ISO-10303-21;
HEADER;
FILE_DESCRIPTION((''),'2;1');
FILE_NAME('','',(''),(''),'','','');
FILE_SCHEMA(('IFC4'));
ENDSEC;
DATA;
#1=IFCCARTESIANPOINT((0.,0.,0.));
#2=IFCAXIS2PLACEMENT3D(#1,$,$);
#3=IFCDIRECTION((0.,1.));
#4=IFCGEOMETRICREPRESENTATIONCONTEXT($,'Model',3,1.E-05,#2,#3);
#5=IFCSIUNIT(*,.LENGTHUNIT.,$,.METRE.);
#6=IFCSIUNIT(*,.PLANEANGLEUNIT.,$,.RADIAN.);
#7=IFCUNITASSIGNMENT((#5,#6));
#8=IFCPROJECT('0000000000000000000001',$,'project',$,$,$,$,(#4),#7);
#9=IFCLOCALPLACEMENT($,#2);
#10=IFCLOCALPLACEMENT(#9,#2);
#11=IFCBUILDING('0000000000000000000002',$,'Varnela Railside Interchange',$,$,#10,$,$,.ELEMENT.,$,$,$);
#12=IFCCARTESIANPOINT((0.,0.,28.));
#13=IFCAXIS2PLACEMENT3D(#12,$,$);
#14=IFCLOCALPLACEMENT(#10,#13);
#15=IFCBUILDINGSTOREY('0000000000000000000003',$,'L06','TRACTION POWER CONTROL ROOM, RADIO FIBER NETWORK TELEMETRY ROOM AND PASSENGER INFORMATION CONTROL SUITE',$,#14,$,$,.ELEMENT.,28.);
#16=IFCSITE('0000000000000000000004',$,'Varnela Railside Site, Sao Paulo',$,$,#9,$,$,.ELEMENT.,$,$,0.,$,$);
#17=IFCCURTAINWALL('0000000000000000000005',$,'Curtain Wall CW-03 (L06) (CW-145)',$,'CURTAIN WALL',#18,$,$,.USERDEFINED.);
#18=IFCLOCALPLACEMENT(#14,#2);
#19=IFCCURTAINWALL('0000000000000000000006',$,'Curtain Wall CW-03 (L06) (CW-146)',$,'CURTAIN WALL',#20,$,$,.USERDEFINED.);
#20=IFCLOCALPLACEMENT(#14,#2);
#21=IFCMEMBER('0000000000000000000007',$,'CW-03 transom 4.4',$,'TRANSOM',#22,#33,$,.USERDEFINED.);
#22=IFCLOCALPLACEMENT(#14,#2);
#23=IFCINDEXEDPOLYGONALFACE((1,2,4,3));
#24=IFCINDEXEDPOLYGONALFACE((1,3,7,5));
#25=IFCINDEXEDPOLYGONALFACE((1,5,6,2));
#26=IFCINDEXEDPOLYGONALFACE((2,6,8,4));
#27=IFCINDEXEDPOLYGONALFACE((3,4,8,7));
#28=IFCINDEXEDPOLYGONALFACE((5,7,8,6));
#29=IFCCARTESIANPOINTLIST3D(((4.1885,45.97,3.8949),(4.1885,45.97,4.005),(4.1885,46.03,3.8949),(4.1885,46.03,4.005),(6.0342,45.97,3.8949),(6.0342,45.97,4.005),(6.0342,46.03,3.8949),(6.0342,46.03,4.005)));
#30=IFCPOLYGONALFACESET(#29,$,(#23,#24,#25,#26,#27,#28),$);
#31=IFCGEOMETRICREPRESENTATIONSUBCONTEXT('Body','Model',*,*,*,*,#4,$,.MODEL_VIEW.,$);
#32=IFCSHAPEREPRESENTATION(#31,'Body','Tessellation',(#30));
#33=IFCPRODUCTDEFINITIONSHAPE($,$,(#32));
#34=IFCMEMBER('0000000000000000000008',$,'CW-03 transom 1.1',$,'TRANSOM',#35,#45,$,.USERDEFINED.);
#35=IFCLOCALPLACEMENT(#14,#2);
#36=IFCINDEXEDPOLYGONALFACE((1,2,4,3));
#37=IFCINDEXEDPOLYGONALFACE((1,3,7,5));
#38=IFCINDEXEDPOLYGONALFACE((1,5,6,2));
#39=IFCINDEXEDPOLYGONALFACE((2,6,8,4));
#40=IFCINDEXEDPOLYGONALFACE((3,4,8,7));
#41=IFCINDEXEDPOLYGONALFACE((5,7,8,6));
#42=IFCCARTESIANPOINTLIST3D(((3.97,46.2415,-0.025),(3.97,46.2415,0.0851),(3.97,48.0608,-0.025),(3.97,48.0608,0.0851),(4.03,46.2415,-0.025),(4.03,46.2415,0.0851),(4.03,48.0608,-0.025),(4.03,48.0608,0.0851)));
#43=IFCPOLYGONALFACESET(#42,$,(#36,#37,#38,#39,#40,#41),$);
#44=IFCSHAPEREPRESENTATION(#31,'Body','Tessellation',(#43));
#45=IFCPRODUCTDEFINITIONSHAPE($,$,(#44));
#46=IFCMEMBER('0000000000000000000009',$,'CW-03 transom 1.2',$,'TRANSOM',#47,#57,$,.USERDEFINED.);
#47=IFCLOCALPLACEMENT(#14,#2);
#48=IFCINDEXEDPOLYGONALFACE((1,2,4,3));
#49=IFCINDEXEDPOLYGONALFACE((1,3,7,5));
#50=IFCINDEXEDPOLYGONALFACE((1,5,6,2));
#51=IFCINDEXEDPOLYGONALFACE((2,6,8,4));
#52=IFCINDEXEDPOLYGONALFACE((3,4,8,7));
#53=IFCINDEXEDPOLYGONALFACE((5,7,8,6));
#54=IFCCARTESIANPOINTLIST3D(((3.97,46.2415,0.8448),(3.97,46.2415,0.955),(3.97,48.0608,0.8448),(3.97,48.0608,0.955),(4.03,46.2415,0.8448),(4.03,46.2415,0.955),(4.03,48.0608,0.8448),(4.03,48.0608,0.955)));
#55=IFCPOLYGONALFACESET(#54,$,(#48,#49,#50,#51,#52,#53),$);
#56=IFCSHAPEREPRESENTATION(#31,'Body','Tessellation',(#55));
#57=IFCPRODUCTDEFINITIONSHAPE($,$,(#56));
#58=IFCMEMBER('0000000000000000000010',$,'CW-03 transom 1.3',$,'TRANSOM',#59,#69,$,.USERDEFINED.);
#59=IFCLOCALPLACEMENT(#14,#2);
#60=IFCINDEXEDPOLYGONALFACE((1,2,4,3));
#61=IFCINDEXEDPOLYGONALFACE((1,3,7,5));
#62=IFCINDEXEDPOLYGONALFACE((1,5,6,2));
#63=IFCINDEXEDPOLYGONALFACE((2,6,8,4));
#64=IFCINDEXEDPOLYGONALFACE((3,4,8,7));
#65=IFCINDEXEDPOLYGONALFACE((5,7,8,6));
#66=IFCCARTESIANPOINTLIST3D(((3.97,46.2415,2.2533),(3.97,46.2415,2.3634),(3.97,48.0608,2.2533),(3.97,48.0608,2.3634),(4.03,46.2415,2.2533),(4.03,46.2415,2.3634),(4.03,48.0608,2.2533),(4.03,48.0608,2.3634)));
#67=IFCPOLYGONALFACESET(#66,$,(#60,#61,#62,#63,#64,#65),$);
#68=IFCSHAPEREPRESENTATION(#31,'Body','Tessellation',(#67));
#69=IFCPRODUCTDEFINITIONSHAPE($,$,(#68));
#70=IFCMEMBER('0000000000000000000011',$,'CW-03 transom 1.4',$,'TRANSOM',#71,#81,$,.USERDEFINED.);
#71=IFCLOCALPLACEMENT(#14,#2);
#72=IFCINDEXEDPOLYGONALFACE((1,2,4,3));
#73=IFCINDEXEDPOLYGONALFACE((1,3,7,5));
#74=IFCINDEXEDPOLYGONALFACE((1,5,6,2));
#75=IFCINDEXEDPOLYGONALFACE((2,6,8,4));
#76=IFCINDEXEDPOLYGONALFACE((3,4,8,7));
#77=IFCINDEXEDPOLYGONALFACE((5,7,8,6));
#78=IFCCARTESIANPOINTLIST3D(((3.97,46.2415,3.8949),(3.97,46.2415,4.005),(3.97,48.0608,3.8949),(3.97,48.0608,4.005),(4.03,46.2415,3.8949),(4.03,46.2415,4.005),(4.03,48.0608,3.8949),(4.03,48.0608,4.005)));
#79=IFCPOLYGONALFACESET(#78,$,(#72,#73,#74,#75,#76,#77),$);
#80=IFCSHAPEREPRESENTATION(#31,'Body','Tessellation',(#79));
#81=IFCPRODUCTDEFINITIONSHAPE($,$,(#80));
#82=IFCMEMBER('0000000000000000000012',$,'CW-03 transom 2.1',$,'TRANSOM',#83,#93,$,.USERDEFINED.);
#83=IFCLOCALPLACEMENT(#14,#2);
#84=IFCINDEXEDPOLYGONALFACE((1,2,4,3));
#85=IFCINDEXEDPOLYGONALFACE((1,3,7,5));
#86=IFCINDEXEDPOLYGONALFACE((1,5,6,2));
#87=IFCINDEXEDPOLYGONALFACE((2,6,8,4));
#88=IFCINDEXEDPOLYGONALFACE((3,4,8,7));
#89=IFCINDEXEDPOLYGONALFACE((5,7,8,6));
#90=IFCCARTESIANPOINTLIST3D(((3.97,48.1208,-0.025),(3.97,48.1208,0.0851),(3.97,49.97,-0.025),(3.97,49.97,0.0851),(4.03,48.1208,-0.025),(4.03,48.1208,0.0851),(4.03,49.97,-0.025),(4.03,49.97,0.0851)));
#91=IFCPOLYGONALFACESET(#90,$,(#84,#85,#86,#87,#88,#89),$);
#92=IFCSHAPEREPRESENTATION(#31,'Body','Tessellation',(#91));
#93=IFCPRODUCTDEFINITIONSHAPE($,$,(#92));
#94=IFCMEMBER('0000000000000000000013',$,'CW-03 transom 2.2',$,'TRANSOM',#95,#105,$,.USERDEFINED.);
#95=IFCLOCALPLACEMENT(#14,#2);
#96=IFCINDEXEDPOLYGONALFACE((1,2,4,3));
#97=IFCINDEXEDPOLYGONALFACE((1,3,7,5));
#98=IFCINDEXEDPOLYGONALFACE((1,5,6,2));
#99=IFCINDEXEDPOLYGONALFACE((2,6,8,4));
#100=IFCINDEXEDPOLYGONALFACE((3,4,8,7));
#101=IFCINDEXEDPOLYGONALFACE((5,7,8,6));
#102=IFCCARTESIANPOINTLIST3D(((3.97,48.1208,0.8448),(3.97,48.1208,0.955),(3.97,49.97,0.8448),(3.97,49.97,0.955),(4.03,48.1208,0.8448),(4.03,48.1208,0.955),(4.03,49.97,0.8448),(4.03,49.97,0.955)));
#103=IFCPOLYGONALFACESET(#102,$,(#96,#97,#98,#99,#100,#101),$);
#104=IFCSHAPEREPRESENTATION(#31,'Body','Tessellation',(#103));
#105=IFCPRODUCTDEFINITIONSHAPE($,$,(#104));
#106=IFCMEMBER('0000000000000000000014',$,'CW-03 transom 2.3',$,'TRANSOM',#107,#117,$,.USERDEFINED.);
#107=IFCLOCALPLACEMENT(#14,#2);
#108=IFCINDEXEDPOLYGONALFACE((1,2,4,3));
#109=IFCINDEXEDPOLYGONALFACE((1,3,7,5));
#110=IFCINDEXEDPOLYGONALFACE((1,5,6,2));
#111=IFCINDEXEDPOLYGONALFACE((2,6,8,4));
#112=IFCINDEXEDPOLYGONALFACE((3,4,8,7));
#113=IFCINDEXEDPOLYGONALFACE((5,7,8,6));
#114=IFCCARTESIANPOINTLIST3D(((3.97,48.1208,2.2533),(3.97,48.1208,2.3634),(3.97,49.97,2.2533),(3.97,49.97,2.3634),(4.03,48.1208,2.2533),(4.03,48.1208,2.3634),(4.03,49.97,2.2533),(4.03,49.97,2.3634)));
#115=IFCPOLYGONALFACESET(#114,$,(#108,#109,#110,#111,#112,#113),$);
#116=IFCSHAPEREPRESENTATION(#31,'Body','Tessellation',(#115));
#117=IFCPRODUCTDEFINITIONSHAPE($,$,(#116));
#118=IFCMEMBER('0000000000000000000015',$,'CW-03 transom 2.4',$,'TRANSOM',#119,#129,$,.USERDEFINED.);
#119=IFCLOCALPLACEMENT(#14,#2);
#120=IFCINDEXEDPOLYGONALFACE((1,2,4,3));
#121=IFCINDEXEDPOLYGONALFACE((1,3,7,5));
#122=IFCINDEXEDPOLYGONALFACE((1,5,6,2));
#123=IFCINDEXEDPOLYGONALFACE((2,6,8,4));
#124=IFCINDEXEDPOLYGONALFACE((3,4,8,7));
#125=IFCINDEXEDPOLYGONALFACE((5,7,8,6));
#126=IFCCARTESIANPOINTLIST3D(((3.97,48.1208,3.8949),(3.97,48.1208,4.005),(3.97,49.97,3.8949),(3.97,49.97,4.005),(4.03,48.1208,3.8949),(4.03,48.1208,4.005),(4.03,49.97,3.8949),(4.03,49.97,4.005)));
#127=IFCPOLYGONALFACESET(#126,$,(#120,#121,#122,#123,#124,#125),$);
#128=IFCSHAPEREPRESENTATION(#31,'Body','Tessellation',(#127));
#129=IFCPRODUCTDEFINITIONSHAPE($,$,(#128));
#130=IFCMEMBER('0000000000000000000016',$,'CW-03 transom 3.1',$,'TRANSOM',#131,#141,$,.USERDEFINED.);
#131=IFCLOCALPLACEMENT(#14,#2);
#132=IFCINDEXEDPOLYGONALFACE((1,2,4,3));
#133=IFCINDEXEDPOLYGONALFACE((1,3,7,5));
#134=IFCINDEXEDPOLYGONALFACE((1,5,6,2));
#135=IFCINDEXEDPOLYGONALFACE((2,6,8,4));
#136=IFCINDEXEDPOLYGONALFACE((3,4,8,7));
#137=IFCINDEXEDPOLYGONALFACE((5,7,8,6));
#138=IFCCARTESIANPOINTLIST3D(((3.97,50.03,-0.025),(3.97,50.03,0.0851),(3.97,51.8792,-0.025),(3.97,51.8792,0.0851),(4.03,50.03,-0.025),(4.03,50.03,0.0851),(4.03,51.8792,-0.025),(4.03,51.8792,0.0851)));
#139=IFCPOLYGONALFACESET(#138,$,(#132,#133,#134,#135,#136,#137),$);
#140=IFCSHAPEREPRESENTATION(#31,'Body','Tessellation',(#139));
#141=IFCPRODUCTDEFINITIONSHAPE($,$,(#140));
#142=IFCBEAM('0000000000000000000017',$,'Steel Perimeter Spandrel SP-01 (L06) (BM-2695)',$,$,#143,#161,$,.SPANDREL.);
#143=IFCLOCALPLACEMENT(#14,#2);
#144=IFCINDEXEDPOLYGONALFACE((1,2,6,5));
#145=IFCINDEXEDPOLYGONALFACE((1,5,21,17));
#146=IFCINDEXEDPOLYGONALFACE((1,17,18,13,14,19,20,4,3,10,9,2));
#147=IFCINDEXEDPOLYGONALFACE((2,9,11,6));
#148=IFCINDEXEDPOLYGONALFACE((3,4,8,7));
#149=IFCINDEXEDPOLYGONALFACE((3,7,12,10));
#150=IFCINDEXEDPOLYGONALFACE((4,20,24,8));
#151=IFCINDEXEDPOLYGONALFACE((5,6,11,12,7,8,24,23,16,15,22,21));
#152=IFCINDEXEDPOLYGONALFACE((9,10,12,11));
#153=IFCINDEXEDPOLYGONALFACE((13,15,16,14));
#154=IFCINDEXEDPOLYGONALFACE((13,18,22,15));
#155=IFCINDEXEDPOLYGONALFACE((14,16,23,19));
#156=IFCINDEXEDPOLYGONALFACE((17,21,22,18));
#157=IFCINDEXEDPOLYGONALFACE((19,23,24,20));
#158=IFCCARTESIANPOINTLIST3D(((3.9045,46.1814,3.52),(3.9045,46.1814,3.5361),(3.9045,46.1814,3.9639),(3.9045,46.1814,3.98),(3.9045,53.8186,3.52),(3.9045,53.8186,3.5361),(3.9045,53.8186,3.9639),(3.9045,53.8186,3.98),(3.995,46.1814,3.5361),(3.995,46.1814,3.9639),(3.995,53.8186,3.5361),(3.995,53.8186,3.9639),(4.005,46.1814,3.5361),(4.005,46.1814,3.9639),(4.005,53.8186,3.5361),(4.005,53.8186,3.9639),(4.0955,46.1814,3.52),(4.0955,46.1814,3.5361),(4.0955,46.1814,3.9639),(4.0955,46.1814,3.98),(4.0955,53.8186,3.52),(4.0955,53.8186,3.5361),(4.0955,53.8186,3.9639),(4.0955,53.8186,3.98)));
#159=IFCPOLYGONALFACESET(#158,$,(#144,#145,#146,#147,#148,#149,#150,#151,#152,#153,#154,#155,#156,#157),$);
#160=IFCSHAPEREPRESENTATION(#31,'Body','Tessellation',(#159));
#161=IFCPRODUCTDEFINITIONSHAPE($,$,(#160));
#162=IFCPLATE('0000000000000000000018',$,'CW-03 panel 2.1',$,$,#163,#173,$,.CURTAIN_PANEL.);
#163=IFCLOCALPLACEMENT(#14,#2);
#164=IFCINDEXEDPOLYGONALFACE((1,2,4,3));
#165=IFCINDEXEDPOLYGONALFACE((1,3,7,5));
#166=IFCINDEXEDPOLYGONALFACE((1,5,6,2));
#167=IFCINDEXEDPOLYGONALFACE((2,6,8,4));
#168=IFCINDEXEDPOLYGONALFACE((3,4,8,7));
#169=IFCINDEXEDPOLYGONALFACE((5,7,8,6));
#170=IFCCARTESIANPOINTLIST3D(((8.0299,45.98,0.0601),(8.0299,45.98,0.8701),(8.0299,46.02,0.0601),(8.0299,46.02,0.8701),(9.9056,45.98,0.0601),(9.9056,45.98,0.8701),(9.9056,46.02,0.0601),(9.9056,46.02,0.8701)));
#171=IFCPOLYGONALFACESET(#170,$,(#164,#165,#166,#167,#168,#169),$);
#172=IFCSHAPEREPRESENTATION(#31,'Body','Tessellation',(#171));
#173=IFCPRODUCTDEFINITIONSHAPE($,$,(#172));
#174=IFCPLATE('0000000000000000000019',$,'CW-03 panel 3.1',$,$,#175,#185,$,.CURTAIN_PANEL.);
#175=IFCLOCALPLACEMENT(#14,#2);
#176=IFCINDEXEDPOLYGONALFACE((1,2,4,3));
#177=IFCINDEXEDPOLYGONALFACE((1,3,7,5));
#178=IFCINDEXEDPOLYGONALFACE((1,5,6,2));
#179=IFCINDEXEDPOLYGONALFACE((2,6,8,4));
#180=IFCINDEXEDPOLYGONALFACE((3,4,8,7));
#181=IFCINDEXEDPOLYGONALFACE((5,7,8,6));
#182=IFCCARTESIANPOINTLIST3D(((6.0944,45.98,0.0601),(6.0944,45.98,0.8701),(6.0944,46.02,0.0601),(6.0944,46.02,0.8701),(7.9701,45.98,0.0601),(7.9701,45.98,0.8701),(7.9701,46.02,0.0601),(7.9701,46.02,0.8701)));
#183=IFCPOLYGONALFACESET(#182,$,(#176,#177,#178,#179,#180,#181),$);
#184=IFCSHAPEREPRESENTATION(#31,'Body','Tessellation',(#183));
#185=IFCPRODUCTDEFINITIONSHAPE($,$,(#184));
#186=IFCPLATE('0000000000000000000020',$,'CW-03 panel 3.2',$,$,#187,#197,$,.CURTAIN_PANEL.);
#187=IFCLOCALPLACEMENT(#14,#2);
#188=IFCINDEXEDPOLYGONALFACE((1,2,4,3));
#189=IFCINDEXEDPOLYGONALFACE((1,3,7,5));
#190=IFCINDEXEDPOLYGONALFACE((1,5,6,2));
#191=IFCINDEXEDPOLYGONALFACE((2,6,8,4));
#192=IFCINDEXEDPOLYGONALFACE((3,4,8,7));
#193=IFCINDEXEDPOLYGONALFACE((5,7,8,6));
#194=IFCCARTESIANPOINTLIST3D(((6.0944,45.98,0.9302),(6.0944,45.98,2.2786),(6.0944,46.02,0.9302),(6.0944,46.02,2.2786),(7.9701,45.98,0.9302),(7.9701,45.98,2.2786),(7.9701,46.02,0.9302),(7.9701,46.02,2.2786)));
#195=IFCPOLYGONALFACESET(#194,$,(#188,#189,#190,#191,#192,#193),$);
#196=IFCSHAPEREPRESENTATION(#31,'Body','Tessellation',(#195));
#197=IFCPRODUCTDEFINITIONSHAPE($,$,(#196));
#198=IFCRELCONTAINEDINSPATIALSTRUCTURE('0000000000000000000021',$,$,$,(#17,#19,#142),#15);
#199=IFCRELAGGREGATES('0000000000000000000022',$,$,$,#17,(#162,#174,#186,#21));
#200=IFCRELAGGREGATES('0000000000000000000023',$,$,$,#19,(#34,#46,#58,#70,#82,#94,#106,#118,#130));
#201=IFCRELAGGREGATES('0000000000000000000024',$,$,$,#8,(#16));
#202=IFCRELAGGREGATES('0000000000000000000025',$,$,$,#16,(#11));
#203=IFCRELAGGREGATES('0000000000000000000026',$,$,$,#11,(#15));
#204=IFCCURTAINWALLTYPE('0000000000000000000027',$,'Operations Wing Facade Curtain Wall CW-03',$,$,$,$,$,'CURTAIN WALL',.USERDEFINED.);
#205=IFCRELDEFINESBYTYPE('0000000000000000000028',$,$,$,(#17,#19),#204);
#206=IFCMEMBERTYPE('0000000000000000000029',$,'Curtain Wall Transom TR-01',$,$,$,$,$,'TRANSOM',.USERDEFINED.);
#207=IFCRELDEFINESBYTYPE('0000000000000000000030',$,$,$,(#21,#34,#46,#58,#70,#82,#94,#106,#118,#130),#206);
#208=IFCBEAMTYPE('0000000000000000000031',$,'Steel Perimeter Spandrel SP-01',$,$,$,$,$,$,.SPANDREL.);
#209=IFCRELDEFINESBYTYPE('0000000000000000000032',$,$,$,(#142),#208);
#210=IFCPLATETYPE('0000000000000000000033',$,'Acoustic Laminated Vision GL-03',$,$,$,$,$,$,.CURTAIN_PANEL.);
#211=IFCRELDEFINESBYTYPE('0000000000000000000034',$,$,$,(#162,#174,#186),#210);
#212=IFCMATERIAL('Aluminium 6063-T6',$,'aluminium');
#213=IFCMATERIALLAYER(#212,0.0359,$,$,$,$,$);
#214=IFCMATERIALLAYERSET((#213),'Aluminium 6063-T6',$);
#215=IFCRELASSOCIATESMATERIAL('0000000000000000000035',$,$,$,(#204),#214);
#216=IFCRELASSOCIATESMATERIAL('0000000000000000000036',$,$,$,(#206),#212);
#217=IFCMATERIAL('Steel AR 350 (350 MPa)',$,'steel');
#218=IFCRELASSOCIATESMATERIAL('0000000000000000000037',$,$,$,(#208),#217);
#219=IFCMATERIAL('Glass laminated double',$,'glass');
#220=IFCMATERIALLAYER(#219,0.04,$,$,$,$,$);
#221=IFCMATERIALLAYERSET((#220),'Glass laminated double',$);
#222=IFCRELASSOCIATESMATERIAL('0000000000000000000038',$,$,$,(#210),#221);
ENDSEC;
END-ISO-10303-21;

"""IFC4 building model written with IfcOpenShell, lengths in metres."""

from ifc_helpers import new_model, si_unit, direction, frame, origin, origin_2d, place, context, subcontext, project, spatial, rectangle, i_section, extrude, material, layer, layer_set, material_profile, profile_set, type_object, element, aggregate, save


model = new_model("IFC4")

# Units and contexts
model_context = context("Model", 3, precision=1e-05, world=origin(), true_north=direction((0.0, 1.0)))
body_context = subcontext(model_context, "Body", "Model", "MODEL_VIEW")
ifc_project = project(units=[si_unit("LENGTHUNIT", "METRE"), si_unit("PLANEANGLEUNIT", "RADIAN")], contexts=[model_context])

# Site, building, storey
site_placement = place(None, origin())
site = spatial("IfcSite", under=ifc_project, at=site_placement, Name="Varnela Railside Site, Sao Paulo", CompositionType="ELEMENT", RefElevation=0.0)
building_placement = place(site_placement, origin())
building = spatial("IfcBuilding", under=site, at=building_placement, Name="Varnela Railside Interchange", CompositionType="ELEMENT")
storey_placement = place(building_placement, frame((0.0, 0.0, 28.0)))
storey = spatial("IfcBuildingStorey", under=building, at=storey_placement, Name="L06", Description="TRACTION POWER CONTROL ROOM, RADIO FIBER NETWORK TELEMETRY ROOM AND PASSENGER INFORMATION CONTROL SUITE", CompositionType="ELEMENT", Elevation=28.0)

# Shared definitions
ifc_material_1 = material(Name="Steel AR 350 (350 MPa)", Category="steel")

# Curtain walls
ifc_material_2 = material(Name="Aluminium 6063-T6", Category="aluminium")
ifc_layer_1 = layer(ifc_material_2, 0.0359)
ifc_layer_set_1 = layer_set([ifc_layer_1], Name="Aluminium 6063-T6")
curtain_wall_type = type_object("IfcCurtainWallType", Name="Operations Wing Facade Curtain Wall CW-03", ElementType="CURTAIN WALL", PredefinedType="USERDEFINED", material=ifc_layer_set_1)
curtain_wall_1_placement = place(storey_placement, origin())
curtain_wall_1 = element("IfcCurtainWall", 1, at=curtain_wall_1_placement, inside=storey, type_object=curtain_wall_type, Name="Curtain Wall CW-03 (L06) (CW-145)", ObjectType="CURTAIN WALL", PredefinedType="USERDEFINED")
curtain_wall_2_placement = place(storey_placement, origin())
curtain_wall_2 = element("IfcCurtainWall", 2, at=curtain_wall_2_placement, inside=storey, type_object=curtain_wall_type, Name="Curtain Wall CW-03 (L06) (CW-146)", ObjectType="CURTAIN WALL", PredefinedType="USERDEFINED")

# Members
ifc_material_profile_1 = material_profile(ifc_material_2, rectangle(XDim=0.0601, YDim=0.1101, at=origin_2d()), Name="ALU 60x110")
ifc_profile_set_1 = profile_set([ifc_material_profile_1], Name="Aluminium 6063-T6")
member_type_1 = type_object("IfcMemberType", Name="Curtain Wall Transom TR-01", ElementType="TRANSOM", PredefinedType="USERDEFINED", material=ifc_profile_set_1)
member_1_placement = place(storey_placement, frame((6.0342, 46.0, 3.95), z_axis=(-1.0, 0.0, 0.0), x_axis=(0.0, -1.0, 0.0)))
member_1 = element("IfcMember", 3, at=member_1_placement, type_object=member_type_1, Name="CW-03 transom 4.4", ObjectType="TRANSOM", PredefinedType="USERDEFINED", context=body_context, shape_type="SweptSolid", body=[
    extrude(rectangle(XDim=0.0601, YDim=0.1101, at=origin_2d()), origin(), (0.0, 0.0, 1.0), 1.8457),
])
member_2_placement = place(storey_placement, frame((4.0, 46.2415, 0.03), z_axis=(0.0, 1.0, 0.0), x_axis=(-1.0, 0.0, 0.0)))
member_2 = element("IfcMember", 4, at=member_2_placement, type_object=member_type_1, Name="CW-03 transom 1.1", ObjectType="TRANSOM", PredefinedType="USERDEFINED", context=body_context, shape_type="SweptSolid", body=[
    extrude(rectangle(XDim=0.0601, YDim=0.1101, at=origin_2d()), origin(), (0.0, 0.0, 1.0), 1.8193),
])
member_3_placement = place(storey_placement, frame((4.0, 46.2415, 0.8999), z_axis=(0.0, 1.0, 0.0), x_axis=(-1.0, 0.0, 0.0)))
member_3 = element("IfcMember", 5, at=member_3_placement, type_object=member_type_1, Name="CW-03 transom 1.2", ObjectType="TRANSOM", PredefinedType="USERDEFINED", context=body_context, shape_type="SweptSolid", body=[
    extrude(rectangle(XDim=0.0601, YDim=0.1101, at=origin_2d()), origin(), (0.0, 0.0, 1.0), 1.8193),
])
member_4_placement = place(storey_placement, frame((4.0, 46.2415, 2.3083), z_axis=(0.0, 1.0, 0.0), x_axis=(-1.0, 0.0, 0.0)))
member_4 = element("IfcMember", 6, at=member_4_placement, type_object=member_type_1, Name="CW-03 transom 1.3", ObjectType="TRANSOM", PredefinedType="USERDEFINED", context=body_context, shape_type="SweptSolid", body=[
    extrude(rectangle(XDim=0.0601, YDim=0.1101, at=origin_2d()), origin(), (0.0, 0.0, 1.0), 1.8193),
])
member_5_placement = place(storey_placement, frame((4.0, 46.2415, 3.95), z_axis=(0.0, 1.0, 0.0), x_axis=(-1.0, 0.0, 0.0)))
member_5 = element("IfcMember", 7, at=member_5_placement, type_object=member_type_1, Name="CW-03 transom 1.4", ObjectType="TRANSOM", PredefinedType="USERDEFINED", context=body_context, shape_type="SweptSolid", body=[
    extrude(rectangle(XDim=0.0601, YDim=0.1101, at=origin_2d()), origin(), (0.0, 0.0, 1.0), 1.8193),
])
member_6_placement = place(storey_placement, frame((4.0, 48.1208, 0.03), z_axis=(0.0, 1.0, 0.0), x_axis=(-1.0, 0.0, 0.0)))
member_6 = element("IfcMember", 8, at=member_6_placement, type_object=member_type_1, Name="CW-03 transom 2.1", ObjectType="TRANSOM", PredefinedType="USERDEFINED", context=body_context, shape_type="SweptSolid", body=[
    extrude(rectangle(XDim=0.0601, YDim=0.1101, at=origin_2d()), origin(), (0.0, 0.0, 1.0), 1.8491),
])
member_7_placement = place(storey_placement, frame((4.0, 48.1208, 0.8999), z_axis=(0.0, 1.0, 0.0), x_axis=(-1.0, 0.0, 0.0)))
member_7 = element("IfcMember", 9, at=member_7_placement, type_object=member_type_1, Name="CW-03 transom 2.2", ObjectType="TRANSOM", PredefinedType="USERDEFINED", context=body_context, shape_type="SweptSolid", body=[
    extrude(rectangle(XDim=0.0601, YDim=0.1101, at=origin_2d()), origin(), (0.0, 0.0, 1.0), 1.8491),
])
member_8_placement = place(storey_placement, frame((4.0, 48.1208, 2.3083), z_axis=(0.0, 1.0, 0.0), x_axis=(-1.0, 0.0, 0.0)))
member_8 = element("IfcMember", 10, at=member_8_placement, type_object=member_type_1, Name="CW-03 transom 2.3", ObjectType="TRANSOM", PredefinedType="USERDEFINED", context=body_context, shape_type="SweptSolid", body=[
    extrude(rectangle(XDim=0.0601, YDim=0.1101, at=origin_2d()), origin(), (0.0, 0.0, 1.0), 1.8491),
])
member_9_placement = place(storey_placement, frame((4.0, 48.1208, 3.95), z_axis=(0.0, 1.0, 0.0), x_axis=(-1.0, 0.0, 0.0)))
member_9 = element("IfcMember", 11, at=member_9_placement, type_object=member_type_1, Name="CW-03 transom 2.4", ObjectType="TRANSOM", PredefinedType="USERDEFINED", context=body_context, shape_type="SweptSolid", body=[
    extrude(rectangle(XDim=0.0601, YDim=0.1101, at=origin_2d()), origin(), (0.0, 0.0, 1.0), 1.8491),
])
member_10_placement = place(storey_placement, frame((4.0, 50.03, 0.03), z_axis=(0.0, 1.0, 0.0), x_axis=(-1.0, 0.0, 0.0)))
member_10 = element("IfcMember", 12, at=member_10_placement, type_object=member_type_1, Name="CW-03 transom 3.1", ObjectType="TRANSOM", PredefinedType="USERDEFINED", context=body_context, shape_type="SweptSolid", body=[
    extrude(rectangle(XDim=0.0601, YDim=0.1101, at=origin_2d()), origin(), (0.0, 0.0, 1.0), 1.8491),
])

# Beam
ifc_material_profile_2 = material_profile(ifc_material_1, i_section(OverallWidth=0.1909, OverallDepth=0.46, WebThickness=0.01, FlangeThickness=0.0161, at=origin_2d()), Name="W460x82")
ifc_profile_set_2 = profile_set([ifc_material_profile_2], Name="Steel AR 350 (350 MPa)")
beam_type_1 = type_object("IfcBeamType", Name="Steel Perimeter Spandrel SP-01", PredefinedType="SPANDREL", material=ifc_profile_set_2)
beam_1_placement = place(storey_placement, frame((4.0, 46.1814, 3.75), z_axis=(0.0, 1.0, 0.0), x_axis=(-1.0, 0.0, 0.0)))
element("IfcBeam", 13, at=beam_1_placement, inside=storey, type_object=beam_type_1, Name="Steel Perimeter Spandrel SP-01 (L06) (BM-2695)", PredefinedType="SPANDREL", context=body_context, shape_type="SweptSolid", body=[
    extrude(i_section(OverallWidth=0.1909, OverallDepth=0.46, WebThickness=0.01, FlangeThickness=0.0161, at=origin_2d()), origin(), (0.0, 0.0, 1.0), 7.6372),
])

# Plates
ifc_material_3 = material(Name="Glass laminated double", Category="glass")
ifc_layer_2 = layer(ifc_material_3, 0.04)
ifc_layer_set_2 = layer_set([ifc_layer_2], Name="Glass laminated double")
plate_type = type_object("IfcPlateType", Name="Acoustic Laminated Vision GL-03", PredefinedType="CURTAIN_PANEL", material=ifc_layer_set_2)
plate_1_placement = place(storey_placement, frame((8.9678, 46.0, 0.0601), z_axis=(0.0, 0.0, 1.0), x_axis=(-1.0, 0.0, 0.0)))
plate_1 = element("IfcPlate", 14, at=plate_1_placement, type_object=plate_type, Name="CW-03 panel 2.1", PredefinedType="CURTAIN_PANEL", context=body_context, shape_type="SweptSolid", body=[
    extrude(rectangle(XDim=1.8757, YDim=0.04, at=origin_2d()), origin(), (0.0, 0.0, 1.0), 0.8101),
])
plate_2_placement = place(storey_placement, frame((7.0322, 46.0, 0.0601), z_axis=(0.0, 0.0, 1.0), x_axis=(-1.0, 0.0, 0.0)))
plate_2 = element("IfcPlate", 15, at=plate_2_placement, type_object=plate_type, Name="CW-03 panel 3.1", PredefinedType="CURTAIN_PANEL", context=body_context, shape_type="SweptSolid", body=[
    extrude(rectangle(XDim=1.8757, YDim=0.04, at=origin_2d()), origin(), (0.0, 0.0, 1.0), 0.8101),
])
plate_3_placement = place(storey_placement, frame((7.0322, 46.0, 0.9302), z_axis=(0.0, 0.0, 1.0), x_axis=(-1.0, 0.0, 0.0)))
plate_3 = element("IfcPlate", 16, at=plate_3_placement, type_object=plate_type, Name="CW-03 panel 3.2", PredefinedType="CURTAIN_PANEL", context=body_context, shape_type="SweptSolid", body=[
    extrude(rectangle(XDim=1.8757, YDim=0.04, at=origin_2d()), origin(), (0.0, 0.0, 1.0), 1.3484),
])
aggregate(curtain_wall_1, [plate_1, plate_2, plate_3, member_1])
aggregate(curtain_wall_2, [member_2, member_3, member_4, member_5, member_6, member_7, member_8, member_9, member_10])

save(model, "model.ifc")
